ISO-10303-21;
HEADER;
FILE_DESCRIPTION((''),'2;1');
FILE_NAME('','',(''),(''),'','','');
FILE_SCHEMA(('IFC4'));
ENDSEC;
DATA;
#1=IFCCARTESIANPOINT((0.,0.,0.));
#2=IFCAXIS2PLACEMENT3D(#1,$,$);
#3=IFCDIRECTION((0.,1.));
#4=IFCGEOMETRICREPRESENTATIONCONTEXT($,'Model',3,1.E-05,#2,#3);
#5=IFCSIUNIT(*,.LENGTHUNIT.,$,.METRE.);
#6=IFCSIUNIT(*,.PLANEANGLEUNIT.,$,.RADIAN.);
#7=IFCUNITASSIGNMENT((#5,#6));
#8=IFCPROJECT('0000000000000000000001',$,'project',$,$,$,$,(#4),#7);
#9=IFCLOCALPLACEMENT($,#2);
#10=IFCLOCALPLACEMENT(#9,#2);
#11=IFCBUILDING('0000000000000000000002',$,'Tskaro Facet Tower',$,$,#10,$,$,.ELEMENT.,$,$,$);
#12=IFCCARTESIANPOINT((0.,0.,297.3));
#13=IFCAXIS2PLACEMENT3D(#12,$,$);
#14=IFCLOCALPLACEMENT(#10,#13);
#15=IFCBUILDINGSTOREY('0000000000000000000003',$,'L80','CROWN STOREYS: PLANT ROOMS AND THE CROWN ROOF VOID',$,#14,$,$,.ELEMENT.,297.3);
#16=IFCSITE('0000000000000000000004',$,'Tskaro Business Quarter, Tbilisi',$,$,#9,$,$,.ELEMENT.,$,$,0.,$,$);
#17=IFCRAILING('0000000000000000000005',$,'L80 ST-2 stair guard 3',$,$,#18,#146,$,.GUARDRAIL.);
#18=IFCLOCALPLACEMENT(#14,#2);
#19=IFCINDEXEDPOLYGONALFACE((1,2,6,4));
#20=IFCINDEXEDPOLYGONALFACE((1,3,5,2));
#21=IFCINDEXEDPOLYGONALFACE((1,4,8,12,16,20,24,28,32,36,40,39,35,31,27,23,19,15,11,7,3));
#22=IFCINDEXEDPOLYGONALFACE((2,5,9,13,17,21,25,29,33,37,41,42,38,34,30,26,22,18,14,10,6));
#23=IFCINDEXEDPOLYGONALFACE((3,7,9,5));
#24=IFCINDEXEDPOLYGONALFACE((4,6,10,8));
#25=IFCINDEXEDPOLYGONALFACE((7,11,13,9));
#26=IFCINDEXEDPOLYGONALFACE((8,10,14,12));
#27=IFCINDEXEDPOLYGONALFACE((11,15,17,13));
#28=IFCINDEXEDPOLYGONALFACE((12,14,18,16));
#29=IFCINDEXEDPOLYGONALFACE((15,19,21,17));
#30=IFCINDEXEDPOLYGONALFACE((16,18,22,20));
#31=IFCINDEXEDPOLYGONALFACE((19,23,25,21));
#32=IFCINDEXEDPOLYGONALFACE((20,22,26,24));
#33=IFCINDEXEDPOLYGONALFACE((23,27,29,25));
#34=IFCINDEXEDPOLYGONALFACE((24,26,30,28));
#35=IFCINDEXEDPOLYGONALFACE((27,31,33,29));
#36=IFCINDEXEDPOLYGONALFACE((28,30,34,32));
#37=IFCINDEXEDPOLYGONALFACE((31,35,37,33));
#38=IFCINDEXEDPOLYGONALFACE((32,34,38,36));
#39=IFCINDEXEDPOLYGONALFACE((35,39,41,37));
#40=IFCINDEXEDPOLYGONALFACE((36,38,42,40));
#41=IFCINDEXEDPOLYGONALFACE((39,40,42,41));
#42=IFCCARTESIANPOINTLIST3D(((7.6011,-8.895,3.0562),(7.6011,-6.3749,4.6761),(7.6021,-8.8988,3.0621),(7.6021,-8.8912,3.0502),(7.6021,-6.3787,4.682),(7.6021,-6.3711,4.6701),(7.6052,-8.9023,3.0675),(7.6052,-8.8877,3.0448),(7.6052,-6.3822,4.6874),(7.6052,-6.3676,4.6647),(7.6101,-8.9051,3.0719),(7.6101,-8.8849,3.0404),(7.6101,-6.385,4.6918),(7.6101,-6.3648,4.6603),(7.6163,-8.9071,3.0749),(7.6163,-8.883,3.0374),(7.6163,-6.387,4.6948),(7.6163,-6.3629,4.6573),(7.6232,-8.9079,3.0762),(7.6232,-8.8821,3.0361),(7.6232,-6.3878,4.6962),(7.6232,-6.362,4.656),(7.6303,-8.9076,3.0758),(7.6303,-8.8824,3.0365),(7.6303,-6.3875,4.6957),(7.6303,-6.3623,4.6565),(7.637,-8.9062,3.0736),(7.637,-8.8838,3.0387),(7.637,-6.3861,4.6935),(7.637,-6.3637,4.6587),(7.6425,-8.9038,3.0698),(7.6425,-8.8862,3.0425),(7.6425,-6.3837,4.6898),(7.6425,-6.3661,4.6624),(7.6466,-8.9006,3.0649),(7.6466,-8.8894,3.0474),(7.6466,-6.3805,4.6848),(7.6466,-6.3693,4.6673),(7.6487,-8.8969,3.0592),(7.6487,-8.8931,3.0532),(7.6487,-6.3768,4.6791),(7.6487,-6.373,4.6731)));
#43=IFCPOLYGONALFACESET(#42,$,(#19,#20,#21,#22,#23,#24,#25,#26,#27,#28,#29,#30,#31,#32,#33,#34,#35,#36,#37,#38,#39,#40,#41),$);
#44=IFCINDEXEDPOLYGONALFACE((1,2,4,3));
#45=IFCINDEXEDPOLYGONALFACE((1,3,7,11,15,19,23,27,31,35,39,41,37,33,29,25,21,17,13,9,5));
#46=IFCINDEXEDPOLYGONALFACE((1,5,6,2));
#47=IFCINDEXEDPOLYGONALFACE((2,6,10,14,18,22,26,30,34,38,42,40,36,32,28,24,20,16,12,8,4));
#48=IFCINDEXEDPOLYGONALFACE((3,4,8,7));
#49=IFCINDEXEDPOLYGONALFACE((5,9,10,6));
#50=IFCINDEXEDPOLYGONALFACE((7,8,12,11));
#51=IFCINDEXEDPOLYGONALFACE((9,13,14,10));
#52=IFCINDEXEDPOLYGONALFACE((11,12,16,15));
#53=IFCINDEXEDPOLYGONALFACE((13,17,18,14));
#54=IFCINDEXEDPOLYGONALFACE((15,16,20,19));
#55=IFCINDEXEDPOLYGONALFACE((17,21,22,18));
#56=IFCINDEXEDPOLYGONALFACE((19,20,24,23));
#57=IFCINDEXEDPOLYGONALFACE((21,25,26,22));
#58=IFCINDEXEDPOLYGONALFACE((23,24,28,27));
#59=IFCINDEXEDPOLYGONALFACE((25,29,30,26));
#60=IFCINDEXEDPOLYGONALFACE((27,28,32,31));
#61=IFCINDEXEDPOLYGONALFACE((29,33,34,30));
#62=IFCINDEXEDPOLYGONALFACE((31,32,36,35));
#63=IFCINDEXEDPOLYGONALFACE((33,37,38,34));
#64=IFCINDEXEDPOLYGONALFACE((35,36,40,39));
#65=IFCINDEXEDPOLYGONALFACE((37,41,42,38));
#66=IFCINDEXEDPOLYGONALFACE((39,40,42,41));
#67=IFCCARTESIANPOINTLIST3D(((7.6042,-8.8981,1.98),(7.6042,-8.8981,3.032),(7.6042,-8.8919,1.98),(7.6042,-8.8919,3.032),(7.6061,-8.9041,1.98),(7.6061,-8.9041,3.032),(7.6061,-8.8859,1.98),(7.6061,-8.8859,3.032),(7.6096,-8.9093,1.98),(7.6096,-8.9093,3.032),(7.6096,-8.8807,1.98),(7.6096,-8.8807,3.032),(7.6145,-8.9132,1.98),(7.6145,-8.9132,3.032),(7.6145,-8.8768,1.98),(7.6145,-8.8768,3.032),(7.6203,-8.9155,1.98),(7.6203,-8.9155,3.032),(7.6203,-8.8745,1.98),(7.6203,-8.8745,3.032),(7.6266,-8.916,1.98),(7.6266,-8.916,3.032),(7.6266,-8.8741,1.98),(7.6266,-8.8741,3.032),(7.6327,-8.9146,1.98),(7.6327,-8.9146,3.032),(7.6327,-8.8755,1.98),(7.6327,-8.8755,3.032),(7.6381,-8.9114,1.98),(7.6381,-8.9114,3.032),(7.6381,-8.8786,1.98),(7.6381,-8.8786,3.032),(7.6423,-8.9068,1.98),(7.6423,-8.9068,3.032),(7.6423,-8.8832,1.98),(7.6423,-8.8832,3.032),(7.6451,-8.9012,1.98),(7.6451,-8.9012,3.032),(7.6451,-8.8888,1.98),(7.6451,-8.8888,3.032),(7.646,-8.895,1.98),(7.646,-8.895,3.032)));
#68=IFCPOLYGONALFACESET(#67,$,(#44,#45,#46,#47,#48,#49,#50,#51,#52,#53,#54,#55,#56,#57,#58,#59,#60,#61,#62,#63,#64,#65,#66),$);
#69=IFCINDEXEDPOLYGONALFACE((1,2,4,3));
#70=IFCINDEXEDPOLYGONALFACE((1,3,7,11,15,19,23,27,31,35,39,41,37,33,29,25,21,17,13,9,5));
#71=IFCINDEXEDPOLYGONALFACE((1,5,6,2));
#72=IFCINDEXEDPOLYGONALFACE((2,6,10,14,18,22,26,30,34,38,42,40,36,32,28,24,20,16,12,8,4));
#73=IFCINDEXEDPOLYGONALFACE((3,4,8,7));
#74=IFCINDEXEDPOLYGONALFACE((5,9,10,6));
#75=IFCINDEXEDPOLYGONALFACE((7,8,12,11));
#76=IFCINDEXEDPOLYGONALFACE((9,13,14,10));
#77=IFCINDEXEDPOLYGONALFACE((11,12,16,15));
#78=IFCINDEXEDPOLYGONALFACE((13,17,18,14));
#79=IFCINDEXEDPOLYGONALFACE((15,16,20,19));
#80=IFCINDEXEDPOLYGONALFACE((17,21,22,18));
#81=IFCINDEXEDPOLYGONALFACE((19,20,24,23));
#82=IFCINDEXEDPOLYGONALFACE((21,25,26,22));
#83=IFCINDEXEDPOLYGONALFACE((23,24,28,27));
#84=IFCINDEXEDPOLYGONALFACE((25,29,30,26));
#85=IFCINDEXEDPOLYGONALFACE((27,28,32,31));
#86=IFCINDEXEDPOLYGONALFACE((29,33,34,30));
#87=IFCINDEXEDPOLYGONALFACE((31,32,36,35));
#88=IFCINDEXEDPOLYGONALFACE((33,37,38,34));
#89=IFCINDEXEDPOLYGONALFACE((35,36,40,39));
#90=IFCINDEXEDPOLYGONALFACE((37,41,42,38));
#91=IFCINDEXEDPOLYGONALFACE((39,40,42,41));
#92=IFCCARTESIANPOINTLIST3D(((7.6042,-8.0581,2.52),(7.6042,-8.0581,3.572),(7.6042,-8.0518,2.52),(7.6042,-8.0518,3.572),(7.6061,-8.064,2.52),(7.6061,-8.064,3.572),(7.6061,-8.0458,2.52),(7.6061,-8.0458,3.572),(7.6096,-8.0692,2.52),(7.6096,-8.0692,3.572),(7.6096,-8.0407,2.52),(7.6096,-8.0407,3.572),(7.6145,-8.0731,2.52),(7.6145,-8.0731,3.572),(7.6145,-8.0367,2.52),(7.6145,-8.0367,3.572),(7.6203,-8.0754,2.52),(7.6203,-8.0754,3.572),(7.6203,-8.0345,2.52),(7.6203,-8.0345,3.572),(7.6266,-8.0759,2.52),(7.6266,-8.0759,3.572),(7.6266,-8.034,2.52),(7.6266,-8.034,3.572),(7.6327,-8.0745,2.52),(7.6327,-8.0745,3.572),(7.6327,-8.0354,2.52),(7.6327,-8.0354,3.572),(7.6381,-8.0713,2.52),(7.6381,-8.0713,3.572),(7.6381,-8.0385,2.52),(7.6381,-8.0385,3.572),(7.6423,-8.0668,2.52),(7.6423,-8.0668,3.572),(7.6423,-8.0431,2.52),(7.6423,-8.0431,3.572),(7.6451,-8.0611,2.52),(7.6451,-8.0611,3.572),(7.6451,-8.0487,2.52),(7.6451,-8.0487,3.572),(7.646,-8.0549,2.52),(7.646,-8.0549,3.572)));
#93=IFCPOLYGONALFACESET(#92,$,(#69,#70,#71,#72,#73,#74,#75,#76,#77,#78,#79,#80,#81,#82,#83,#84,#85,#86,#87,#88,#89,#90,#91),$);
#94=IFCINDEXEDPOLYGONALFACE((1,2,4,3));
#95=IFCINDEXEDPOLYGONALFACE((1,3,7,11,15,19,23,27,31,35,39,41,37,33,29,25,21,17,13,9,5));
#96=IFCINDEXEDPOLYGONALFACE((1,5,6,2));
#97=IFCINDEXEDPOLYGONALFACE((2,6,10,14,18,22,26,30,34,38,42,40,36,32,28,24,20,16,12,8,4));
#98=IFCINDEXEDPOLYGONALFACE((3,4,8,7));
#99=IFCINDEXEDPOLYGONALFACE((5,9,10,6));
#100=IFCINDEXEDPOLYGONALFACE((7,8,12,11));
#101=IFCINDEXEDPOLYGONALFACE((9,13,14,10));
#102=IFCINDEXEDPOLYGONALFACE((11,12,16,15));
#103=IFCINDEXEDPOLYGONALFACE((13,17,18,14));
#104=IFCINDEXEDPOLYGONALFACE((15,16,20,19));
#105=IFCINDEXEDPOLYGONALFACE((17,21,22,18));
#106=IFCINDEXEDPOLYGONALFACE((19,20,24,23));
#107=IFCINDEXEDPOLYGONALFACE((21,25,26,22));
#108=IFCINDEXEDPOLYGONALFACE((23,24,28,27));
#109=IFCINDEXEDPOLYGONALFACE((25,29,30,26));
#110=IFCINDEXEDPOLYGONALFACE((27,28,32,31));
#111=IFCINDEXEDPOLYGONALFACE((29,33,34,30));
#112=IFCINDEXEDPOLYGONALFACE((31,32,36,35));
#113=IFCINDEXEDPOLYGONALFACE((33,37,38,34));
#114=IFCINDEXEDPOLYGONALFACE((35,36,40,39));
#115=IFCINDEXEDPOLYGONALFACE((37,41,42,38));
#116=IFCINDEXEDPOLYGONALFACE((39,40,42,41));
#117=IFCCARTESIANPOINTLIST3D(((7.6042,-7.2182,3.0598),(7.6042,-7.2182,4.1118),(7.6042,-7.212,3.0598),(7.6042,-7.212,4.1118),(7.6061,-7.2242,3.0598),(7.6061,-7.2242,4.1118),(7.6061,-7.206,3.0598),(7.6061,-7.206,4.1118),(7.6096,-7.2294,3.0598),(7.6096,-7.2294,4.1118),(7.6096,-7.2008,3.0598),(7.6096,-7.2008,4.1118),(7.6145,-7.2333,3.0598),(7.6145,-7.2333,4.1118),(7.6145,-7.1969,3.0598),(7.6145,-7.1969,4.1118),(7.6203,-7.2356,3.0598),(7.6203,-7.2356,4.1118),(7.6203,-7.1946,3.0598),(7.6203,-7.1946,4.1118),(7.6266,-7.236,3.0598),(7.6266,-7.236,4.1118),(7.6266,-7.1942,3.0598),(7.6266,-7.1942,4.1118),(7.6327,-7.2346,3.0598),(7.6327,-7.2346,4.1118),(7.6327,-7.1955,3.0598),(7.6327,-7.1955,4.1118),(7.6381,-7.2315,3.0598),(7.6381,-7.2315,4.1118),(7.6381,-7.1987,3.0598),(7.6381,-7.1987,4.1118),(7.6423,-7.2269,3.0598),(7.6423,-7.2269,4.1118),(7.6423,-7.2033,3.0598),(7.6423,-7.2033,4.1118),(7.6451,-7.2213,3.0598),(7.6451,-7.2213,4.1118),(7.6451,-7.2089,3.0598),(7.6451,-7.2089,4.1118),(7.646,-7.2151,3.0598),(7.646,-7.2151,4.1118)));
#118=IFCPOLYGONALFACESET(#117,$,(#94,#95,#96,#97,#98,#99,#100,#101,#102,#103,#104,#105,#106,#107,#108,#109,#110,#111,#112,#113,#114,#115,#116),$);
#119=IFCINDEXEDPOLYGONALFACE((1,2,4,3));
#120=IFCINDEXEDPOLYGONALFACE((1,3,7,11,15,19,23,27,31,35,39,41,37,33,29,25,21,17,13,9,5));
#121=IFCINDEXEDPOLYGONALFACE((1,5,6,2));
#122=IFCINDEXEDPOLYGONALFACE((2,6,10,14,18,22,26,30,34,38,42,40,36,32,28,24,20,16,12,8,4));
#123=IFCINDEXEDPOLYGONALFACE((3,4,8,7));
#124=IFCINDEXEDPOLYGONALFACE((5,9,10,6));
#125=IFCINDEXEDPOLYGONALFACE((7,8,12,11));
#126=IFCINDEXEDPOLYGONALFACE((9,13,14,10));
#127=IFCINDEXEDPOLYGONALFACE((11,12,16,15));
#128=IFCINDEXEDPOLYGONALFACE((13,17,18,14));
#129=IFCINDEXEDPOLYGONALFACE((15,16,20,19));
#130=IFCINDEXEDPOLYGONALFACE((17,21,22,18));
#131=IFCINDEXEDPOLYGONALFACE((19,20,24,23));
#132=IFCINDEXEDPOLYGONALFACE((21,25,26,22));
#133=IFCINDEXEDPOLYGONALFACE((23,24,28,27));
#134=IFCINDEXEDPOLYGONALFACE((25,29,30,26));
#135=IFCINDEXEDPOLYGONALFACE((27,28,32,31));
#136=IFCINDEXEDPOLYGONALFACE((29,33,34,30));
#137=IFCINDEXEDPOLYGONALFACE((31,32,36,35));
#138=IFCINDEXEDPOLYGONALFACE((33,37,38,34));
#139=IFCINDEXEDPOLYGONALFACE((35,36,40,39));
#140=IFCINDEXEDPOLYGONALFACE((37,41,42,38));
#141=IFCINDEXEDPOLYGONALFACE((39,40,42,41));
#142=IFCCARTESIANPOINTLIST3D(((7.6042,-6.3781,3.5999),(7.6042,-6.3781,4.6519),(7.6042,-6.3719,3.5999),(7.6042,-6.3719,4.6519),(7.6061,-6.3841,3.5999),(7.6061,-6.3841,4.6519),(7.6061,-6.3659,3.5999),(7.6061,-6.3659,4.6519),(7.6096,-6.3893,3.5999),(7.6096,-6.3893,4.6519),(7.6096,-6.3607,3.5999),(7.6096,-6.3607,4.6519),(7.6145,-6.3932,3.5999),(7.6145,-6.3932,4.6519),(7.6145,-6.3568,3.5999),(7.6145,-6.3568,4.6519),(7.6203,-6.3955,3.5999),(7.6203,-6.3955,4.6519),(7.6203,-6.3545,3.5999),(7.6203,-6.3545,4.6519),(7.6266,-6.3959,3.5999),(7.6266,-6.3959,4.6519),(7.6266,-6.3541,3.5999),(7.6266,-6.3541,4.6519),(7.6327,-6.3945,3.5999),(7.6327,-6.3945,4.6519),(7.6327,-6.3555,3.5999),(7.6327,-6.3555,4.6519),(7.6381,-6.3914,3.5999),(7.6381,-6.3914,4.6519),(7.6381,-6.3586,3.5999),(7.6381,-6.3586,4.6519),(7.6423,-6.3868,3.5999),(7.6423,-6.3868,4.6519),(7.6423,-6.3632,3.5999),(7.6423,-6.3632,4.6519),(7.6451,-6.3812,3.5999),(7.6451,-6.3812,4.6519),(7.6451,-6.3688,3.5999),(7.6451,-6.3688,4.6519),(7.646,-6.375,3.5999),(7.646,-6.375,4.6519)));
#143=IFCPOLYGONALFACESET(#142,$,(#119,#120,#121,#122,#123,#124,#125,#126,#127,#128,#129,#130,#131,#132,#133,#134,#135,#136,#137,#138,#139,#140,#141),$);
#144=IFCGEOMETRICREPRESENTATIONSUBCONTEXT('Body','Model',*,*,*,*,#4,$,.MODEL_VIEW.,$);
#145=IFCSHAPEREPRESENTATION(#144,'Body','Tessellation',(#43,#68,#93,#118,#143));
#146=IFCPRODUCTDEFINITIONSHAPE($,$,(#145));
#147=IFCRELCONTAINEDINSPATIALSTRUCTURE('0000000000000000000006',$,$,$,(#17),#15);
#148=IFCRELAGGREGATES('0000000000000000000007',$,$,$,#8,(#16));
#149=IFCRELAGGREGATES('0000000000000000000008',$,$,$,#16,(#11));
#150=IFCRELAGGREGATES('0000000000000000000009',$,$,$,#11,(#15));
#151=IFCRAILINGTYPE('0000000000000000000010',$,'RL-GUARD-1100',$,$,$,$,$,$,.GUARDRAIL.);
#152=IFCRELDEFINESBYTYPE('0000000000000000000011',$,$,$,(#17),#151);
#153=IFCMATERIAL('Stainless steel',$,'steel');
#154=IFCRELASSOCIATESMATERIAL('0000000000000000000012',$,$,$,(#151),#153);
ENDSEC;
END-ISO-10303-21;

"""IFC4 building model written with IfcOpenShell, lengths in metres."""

from ifc_helpers import new_model, si_unit, direction, frame, origin, origin_2d, place, context, subcontext, project, spatial, circle, extrude, material, type_object, element, save


model = new_model("IFC4")

# Units and contexts
model_context = context("Model", 3, precision=1e-05, world=origin(), true_north=direction((0.0, 1.0)))
body_context = subcontext(model_context, "Body", "Model", "MODEL_VIEW")
ifc_project = project(units=[si_unit("LENGTHUNIT", "METRE"), si_unit("PLANEANGLEUNIT", "RADIAN")], contexts=[model_context])

# Site, building, storey
site_placement = place(None, origin())
site = spatial("IfcSite", under=ifc_project, at=site_placement, Name="Tskaro Business Quarter, Tbilisi", CompositionType="ELEMENT", RefElevation=0.0)
building_placement = place(site_placement, origin())
building = spatial("IfcBuilding", under=site, at=building_placement, Name="Tskaro Facet Tower", CompositionType="ELEMENT")
storey_placement = place(building_placement, frame((0.0, 0.0, 297.3)))
storey = spatial("IfcBuildingStorey", under=building, at=storey_placement, Name="L80", Description="CROWN STOREYS: PLANT ROOMS AND THE CROWN ROOF VOID", CompositionType="ELEMENT", Elevation=297.3)

# Railing
ifc_material_1 = material(Name="Stainless steel", Category="steel")
railing_type_1 = type_object("IfcRailingType", Name="RL-GUARD-1100", PredefinedType="GUARDRAIL", material=ifc_material_1)
railing_1_placement = place(storey_placement, frame((7.625, -8.895, 1.98)))
element("IfcRailing", 1, at=railing_1_placement, inside=storey, type_object=railing_type_1, Name="L80 ST-2 stair guard 3", PredefinedType="GUARDRAIL", context=body_context, shape_type="SweptSolid", body=[
    extrude(circle(Radius=0.0239, at=origin_2d()), frame((0.0, 0.0, 1.0762), z_axis=(0.0, 0.8412, 0.540725), x_axis=(-1.0, 0.0, 0.0)), (0.0, 0.0, 1.0), 2.9958),
    extrude(circle(Radius=0.021, at=origin_2d()), origin(), (0.0, 0.0, 1.0), 1.052),
    extrude(circle(Radius=0.021, at=origin_2d()), frame((0.0, 0.8401, 0.54)), (0.0, 0.0, 1.0), 1.052),
    extrude(circle(Radius=0.021, at=origin_2d()), frame((0.0, 1.6799, 1.0798)), (0.0, 0.0, 1.0), 1.052),
    extrude(circle(Radius=0.021, at=origin_2d()), frame((0.0, 2.52, 1.6199)), (0.0, 0.0, 1.0), 1.052),
])

save(model, "model.ifc")
